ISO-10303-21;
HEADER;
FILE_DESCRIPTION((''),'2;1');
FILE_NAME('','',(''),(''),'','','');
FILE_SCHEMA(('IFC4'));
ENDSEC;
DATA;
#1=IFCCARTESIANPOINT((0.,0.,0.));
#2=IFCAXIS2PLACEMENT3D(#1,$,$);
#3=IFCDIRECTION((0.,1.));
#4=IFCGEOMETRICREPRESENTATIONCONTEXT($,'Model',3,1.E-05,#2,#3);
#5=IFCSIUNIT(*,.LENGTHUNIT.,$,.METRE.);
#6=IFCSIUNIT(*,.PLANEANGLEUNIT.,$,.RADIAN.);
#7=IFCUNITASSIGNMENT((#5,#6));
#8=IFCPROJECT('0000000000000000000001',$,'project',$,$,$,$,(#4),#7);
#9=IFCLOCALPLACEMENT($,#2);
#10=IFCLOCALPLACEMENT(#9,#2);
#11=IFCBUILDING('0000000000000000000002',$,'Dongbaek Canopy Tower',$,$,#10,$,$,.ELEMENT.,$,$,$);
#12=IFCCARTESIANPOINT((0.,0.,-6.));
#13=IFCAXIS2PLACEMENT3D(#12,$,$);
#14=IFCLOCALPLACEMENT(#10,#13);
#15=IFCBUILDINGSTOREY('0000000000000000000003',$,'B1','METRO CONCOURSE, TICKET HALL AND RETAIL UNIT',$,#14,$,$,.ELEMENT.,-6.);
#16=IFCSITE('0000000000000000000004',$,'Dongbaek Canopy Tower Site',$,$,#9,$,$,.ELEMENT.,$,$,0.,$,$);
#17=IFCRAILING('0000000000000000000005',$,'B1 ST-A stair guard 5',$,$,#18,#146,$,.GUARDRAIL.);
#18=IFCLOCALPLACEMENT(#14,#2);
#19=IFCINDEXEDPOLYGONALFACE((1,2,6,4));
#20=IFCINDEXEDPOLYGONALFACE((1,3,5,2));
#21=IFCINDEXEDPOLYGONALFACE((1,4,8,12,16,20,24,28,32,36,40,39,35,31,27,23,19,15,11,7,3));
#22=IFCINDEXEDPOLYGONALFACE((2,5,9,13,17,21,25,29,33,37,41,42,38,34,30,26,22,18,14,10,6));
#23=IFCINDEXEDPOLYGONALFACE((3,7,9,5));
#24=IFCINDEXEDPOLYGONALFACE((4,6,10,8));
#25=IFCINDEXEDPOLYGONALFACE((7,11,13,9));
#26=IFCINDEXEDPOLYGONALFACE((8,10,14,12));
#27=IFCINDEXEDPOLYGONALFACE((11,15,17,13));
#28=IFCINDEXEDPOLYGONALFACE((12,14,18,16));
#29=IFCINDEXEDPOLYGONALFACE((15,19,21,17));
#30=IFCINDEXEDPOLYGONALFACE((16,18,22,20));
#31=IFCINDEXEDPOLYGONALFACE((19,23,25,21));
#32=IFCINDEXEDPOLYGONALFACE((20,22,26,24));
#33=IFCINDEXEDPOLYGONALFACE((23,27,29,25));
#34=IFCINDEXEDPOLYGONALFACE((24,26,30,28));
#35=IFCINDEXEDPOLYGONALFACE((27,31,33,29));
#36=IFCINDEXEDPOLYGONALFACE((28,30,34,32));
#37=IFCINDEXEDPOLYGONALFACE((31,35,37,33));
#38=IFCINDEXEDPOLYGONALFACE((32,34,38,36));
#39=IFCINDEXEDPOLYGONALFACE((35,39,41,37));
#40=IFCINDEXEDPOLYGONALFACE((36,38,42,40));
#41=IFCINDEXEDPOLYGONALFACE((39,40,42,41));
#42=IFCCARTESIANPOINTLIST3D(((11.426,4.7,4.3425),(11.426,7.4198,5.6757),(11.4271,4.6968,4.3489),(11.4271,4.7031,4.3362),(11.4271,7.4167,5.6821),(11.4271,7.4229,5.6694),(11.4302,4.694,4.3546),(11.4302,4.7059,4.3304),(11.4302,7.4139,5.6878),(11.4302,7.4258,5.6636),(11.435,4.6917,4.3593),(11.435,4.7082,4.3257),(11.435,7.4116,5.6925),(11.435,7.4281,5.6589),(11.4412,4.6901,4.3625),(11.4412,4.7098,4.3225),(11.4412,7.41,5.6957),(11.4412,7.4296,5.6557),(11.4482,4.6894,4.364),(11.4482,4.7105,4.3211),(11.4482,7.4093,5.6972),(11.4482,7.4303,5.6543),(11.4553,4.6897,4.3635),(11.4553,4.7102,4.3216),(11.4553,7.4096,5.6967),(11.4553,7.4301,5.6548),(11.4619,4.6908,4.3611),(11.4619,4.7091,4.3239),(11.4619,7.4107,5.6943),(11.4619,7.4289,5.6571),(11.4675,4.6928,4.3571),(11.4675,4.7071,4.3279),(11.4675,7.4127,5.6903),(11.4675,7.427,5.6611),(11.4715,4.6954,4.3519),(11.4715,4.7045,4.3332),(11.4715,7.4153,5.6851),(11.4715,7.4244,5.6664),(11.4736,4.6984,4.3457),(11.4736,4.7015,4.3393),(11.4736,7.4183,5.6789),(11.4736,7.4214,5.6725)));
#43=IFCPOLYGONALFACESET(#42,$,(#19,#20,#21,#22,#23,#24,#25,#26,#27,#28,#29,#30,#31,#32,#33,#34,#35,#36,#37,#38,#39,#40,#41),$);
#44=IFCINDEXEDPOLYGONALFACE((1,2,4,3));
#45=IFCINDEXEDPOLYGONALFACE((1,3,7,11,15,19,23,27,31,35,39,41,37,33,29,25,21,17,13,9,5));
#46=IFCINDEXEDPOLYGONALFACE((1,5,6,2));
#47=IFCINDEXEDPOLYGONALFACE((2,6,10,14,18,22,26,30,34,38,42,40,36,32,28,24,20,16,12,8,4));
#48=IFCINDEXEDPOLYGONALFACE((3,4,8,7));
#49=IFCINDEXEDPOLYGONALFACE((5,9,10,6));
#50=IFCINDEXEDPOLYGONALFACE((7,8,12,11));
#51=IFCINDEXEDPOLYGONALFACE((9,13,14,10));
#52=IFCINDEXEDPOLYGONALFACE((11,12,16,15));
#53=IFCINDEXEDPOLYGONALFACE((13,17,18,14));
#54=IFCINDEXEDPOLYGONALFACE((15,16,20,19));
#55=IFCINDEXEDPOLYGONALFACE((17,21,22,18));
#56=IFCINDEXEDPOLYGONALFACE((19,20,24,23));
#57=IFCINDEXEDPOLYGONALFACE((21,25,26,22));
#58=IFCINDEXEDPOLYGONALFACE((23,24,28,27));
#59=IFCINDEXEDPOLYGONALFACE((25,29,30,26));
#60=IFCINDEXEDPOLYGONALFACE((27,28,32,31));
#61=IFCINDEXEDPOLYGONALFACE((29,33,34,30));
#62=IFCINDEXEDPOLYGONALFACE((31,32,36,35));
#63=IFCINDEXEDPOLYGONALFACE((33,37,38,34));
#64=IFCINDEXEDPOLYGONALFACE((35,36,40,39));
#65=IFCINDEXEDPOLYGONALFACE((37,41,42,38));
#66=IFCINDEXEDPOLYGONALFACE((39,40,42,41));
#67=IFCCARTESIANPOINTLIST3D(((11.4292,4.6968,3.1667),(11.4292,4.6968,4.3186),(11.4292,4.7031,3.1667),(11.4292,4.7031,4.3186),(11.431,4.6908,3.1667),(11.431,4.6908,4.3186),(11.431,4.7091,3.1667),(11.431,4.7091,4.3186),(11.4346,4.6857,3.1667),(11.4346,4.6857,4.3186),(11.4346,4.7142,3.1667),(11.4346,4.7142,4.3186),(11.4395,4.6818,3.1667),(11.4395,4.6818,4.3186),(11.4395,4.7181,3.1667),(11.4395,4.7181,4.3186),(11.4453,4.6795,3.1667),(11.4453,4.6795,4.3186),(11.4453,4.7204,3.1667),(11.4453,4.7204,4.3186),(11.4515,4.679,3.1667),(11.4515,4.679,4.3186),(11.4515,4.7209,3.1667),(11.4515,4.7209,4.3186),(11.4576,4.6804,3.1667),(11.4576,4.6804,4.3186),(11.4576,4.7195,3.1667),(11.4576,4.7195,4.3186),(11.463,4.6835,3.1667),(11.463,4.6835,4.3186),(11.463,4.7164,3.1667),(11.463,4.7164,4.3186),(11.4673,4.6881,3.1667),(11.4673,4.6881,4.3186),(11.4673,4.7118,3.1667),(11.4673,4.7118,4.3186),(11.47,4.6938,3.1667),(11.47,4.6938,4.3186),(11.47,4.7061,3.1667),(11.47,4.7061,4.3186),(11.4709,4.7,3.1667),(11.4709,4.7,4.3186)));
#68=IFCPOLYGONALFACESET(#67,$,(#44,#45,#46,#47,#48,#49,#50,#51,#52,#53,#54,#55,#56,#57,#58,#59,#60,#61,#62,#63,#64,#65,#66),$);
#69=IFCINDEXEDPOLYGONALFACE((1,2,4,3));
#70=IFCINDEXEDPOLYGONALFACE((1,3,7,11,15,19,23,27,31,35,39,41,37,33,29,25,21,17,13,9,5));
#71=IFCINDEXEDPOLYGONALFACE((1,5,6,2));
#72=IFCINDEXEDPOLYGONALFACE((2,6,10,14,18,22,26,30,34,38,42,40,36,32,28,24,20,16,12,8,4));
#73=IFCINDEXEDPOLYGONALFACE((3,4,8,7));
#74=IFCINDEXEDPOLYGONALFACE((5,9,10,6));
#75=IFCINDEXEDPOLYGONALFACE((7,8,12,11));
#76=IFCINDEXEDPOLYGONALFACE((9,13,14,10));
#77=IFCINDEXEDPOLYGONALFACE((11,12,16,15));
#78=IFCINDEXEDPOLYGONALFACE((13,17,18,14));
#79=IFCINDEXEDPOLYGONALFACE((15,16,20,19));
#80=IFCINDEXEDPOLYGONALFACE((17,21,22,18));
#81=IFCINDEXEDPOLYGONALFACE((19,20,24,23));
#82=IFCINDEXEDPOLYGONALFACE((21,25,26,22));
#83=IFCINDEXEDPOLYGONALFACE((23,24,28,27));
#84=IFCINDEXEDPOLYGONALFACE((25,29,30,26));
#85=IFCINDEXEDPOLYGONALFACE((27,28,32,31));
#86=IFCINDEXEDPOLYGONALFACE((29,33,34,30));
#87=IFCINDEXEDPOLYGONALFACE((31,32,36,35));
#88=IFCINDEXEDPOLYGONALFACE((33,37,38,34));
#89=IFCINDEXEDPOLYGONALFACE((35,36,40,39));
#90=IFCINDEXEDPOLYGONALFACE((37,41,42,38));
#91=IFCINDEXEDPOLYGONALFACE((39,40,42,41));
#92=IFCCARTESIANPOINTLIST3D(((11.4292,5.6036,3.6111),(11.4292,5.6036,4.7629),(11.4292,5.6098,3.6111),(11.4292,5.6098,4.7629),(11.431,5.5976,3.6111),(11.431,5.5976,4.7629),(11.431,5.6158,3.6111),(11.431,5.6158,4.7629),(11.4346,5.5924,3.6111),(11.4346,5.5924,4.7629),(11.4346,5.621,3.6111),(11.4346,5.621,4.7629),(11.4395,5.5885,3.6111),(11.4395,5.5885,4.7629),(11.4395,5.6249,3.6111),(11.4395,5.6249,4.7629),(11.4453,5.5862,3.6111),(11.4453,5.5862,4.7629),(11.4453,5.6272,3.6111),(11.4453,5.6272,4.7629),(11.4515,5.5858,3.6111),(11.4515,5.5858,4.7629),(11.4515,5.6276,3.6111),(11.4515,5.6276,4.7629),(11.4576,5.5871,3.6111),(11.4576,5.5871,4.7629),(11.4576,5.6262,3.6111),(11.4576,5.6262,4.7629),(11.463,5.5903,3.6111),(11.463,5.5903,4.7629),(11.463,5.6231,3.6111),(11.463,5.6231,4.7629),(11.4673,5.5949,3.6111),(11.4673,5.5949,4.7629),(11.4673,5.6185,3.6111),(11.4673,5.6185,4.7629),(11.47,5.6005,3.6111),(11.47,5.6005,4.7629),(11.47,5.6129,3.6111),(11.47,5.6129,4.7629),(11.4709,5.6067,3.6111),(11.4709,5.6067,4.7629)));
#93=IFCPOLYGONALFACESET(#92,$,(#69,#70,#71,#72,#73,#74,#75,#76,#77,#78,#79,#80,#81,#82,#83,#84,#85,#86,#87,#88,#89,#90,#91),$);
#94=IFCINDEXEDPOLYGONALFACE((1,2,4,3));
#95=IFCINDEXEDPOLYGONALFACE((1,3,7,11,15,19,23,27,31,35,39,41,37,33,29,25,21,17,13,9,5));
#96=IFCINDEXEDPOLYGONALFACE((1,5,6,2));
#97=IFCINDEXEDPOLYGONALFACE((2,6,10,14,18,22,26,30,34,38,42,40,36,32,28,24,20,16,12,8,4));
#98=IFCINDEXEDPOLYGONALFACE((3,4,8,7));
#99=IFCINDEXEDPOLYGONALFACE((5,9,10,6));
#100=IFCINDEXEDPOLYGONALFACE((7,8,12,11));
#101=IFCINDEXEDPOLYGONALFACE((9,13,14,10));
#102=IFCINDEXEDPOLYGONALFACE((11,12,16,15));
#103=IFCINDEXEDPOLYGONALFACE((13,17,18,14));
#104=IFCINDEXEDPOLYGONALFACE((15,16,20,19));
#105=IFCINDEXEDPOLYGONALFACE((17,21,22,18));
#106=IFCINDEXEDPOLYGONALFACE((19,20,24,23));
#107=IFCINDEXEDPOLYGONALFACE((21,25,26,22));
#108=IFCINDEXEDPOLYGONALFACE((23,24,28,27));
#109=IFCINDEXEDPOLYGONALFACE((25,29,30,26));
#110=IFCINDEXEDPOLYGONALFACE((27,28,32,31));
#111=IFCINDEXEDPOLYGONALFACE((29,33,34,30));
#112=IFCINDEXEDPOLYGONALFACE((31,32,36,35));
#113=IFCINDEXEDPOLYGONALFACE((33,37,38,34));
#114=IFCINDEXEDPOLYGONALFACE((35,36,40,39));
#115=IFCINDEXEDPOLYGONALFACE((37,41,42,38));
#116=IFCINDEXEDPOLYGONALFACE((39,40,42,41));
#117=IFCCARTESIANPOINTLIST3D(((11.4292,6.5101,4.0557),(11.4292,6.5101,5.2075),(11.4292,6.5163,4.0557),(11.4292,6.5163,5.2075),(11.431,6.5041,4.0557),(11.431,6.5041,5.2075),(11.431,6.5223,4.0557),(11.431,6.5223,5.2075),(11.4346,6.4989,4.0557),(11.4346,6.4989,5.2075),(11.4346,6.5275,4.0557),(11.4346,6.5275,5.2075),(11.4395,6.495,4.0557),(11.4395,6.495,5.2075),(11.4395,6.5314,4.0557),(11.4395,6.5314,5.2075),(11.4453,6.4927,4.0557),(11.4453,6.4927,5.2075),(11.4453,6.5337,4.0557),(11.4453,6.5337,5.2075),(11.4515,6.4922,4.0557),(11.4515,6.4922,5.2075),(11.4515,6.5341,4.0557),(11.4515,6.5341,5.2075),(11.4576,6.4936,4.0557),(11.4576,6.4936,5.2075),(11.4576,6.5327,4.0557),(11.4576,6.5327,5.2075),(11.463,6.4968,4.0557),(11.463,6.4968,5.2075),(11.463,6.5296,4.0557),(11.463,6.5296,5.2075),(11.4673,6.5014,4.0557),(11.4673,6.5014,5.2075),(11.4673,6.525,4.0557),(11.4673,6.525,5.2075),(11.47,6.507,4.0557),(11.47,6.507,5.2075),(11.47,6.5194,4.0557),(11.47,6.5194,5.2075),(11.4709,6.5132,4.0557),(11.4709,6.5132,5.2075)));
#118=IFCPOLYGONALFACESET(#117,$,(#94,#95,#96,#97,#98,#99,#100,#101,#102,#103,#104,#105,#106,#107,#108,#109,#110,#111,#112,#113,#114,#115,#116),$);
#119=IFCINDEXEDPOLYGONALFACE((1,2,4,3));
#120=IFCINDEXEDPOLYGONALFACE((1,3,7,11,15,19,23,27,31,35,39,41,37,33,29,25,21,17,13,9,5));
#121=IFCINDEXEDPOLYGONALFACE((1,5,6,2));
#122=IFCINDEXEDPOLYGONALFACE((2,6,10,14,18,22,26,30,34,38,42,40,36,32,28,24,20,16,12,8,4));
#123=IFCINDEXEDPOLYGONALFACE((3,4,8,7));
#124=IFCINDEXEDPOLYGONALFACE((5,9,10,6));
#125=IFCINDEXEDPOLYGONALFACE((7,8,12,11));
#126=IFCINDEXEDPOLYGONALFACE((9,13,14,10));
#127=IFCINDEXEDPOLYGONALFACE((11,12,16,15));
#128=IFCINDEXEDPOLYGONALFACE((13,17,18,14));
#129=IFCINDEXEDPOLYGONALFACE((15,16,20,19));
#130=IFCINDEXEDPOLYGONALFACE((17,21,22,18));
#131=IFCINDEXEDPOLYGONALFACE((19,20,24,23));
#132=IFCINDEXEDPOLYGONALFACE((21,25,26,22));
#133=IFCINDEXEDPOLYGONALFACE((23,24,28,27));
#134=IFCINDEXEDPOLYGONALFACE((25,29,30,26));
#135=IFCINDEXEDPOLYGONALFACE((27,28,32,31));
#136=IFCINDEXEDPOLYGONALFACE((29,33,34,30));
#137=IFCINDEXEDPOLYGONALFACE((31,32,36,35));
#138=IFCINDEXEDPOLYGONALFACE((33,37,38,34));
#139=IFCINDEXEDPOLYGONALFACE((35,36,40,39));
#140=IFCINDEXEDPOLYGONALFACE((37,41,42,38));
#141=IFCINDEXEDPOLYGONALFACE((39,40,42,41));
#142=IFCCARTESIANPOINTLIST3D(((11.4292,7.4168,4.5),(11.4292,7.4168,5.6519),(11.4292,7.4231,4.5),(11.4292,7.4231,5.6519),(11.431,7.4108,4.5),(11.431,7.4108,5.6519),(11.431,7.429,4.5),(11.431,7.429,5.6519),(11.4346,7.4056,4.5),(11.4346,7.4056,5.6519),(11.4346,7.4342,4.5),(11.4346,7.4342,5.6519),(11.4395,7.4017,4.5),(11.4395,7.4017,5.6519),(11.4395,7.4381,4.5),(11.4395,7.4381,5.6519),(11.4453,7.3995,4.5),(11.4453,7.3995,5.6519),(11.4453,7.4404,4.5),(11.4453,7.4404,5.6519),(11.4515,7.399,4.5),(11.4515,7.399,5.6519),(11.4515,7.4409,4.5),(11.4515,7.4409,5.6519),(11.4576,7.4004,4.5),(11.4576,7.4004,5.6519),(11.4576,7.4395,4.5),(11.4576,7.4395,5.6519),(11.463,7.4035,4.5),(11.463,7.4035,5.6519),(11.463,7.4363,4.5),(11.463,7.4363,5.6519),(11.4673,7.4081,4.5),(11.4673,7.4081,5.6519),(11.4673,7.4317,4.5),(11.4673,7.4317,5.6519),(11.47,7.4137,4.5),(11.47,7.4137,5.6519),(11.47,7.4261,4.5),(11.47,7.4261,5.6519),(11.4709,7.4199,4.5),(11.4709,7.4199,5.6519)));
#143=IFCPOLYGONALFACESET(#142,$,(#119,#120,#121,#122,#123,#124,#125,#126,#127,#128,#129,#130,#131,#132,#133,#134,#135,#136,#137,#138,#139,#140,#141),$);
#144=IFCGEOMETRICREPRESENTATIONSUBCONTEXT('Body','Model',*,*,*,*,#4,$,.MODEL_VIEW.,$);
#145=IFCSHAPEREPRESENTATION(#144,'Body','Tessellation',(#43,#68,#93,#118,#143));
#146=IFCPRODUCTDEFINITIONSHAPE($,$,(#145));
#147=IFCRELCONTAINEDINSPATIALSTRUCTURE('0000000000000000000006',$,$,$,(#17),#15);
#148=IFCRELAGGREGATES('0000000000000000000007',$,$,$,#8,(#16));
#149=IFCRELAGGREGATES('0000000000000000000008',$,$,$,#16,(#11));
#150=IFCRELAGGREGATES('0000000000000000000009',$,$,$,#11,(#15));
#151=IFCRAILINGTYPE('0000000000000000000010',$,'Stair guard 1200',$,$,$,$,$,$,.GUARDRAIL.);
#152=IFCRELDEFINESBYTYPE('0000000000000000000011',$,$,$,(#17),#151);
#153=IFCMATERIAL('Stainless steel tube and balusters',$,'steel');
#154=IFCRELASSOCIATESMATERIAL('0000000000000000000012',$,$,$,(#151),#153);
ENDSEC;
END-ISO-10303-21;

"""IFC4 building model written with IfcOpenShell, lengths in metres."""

from ifc_helpers import new_model, si_unit, direction, frame, origin, origin_2d, place, context, subcontext, project, spatial, circle, extrude, material, type_object, element, save


model = new_model("IFC4")

# Units and contexts
model_context = context("Model", 3, precision=1e-05, world=origin(), true_north=direction((0.0, 1.0)))
body_context = subcontext(model_context, "Body", "Model", "MODEL_VIEW")
ifc_project = project(units=[si_unit("LENGTHUNIT", "METRE"), si_unit("PLANEANGLEUNIT", "RADIAN")], contexts=[model_context])

# Site, building, storey
site_placement = place(None, origin())
site = spatial("IfcSite", under=ifc_project, at=site_placement, Name="Dongbaek Canopy Tower Site", CompositionType="ELEMENT", RefElevation=0.0)
building_placement = place(site_placement, origin())
building = spatial("IfcBuilding", under=site, at=building_placement, Name="Dongbaek Canopy Tower", CompositionType="ELEMENT")
storey_placement = place(building_placement, frame((0.0, 0.0, -6.0)))
storey = spatial("IfcBuildingStorey", under=building, at=storey_placement, Name="B1", Description="METRO CONCOURSE, TICKET HALL AND RETAIL UNIT", CompositionType="ELEMENT", Elevation=-6.0)

# Railing
ifc_material_1 = material(Name="Stainless steel tube and balusters", Category="steel")
railing_type_1 = type_object("IfcRailingType", Name="Stair guard 1200", PredefinedType="GUARDRAIL", material=ifc_material_1)
railing_1_placement = place(storey_placement, frame((11.45, 4.7, 3.1667)))
element("IfcRailing", 1, at=railing_1_placement, inside=storey, type_object=railing_type_1, Name="B1 ST-A stair guard 5", PredefinedType="GUARDRAIL", context=body_context, shape_type="SweptSolid", body=[
    extrude(circle(Radius=0.0239, at=origin_2d()), frame((0.0, 0.0, 1.1758), z_axis=(0.0, 0.897929, 0.440139), x_axis=(-1.0, 0.0, 0.0)), (0.0, 0.0, 1.0), 3.0291),
    extrude(circle(Radius=0.021, at=origin_2d()), origin(), (0.0, 0.0, 1.0), 1.1519),
    extrude(circle(Radius=0.021, at=origin_2d()), frame((0.0, 0.9067, 0.4443)), (0.0, 0.0, 1.0), 1.1519),
    extrude(circle(Radius=0.021, at=origin_2d()), frame((0.0, 1.8132, 0.8889)), (0.0, 0.0, 1.0), 1.1519),
    extrude(circle(Radius=0.021, at=origin_2d()), frame((0.0, 2.72, 1.3333)), (0.0, 0.0, 1.0), 1.1519),
])

save(model, "model.ifc")
